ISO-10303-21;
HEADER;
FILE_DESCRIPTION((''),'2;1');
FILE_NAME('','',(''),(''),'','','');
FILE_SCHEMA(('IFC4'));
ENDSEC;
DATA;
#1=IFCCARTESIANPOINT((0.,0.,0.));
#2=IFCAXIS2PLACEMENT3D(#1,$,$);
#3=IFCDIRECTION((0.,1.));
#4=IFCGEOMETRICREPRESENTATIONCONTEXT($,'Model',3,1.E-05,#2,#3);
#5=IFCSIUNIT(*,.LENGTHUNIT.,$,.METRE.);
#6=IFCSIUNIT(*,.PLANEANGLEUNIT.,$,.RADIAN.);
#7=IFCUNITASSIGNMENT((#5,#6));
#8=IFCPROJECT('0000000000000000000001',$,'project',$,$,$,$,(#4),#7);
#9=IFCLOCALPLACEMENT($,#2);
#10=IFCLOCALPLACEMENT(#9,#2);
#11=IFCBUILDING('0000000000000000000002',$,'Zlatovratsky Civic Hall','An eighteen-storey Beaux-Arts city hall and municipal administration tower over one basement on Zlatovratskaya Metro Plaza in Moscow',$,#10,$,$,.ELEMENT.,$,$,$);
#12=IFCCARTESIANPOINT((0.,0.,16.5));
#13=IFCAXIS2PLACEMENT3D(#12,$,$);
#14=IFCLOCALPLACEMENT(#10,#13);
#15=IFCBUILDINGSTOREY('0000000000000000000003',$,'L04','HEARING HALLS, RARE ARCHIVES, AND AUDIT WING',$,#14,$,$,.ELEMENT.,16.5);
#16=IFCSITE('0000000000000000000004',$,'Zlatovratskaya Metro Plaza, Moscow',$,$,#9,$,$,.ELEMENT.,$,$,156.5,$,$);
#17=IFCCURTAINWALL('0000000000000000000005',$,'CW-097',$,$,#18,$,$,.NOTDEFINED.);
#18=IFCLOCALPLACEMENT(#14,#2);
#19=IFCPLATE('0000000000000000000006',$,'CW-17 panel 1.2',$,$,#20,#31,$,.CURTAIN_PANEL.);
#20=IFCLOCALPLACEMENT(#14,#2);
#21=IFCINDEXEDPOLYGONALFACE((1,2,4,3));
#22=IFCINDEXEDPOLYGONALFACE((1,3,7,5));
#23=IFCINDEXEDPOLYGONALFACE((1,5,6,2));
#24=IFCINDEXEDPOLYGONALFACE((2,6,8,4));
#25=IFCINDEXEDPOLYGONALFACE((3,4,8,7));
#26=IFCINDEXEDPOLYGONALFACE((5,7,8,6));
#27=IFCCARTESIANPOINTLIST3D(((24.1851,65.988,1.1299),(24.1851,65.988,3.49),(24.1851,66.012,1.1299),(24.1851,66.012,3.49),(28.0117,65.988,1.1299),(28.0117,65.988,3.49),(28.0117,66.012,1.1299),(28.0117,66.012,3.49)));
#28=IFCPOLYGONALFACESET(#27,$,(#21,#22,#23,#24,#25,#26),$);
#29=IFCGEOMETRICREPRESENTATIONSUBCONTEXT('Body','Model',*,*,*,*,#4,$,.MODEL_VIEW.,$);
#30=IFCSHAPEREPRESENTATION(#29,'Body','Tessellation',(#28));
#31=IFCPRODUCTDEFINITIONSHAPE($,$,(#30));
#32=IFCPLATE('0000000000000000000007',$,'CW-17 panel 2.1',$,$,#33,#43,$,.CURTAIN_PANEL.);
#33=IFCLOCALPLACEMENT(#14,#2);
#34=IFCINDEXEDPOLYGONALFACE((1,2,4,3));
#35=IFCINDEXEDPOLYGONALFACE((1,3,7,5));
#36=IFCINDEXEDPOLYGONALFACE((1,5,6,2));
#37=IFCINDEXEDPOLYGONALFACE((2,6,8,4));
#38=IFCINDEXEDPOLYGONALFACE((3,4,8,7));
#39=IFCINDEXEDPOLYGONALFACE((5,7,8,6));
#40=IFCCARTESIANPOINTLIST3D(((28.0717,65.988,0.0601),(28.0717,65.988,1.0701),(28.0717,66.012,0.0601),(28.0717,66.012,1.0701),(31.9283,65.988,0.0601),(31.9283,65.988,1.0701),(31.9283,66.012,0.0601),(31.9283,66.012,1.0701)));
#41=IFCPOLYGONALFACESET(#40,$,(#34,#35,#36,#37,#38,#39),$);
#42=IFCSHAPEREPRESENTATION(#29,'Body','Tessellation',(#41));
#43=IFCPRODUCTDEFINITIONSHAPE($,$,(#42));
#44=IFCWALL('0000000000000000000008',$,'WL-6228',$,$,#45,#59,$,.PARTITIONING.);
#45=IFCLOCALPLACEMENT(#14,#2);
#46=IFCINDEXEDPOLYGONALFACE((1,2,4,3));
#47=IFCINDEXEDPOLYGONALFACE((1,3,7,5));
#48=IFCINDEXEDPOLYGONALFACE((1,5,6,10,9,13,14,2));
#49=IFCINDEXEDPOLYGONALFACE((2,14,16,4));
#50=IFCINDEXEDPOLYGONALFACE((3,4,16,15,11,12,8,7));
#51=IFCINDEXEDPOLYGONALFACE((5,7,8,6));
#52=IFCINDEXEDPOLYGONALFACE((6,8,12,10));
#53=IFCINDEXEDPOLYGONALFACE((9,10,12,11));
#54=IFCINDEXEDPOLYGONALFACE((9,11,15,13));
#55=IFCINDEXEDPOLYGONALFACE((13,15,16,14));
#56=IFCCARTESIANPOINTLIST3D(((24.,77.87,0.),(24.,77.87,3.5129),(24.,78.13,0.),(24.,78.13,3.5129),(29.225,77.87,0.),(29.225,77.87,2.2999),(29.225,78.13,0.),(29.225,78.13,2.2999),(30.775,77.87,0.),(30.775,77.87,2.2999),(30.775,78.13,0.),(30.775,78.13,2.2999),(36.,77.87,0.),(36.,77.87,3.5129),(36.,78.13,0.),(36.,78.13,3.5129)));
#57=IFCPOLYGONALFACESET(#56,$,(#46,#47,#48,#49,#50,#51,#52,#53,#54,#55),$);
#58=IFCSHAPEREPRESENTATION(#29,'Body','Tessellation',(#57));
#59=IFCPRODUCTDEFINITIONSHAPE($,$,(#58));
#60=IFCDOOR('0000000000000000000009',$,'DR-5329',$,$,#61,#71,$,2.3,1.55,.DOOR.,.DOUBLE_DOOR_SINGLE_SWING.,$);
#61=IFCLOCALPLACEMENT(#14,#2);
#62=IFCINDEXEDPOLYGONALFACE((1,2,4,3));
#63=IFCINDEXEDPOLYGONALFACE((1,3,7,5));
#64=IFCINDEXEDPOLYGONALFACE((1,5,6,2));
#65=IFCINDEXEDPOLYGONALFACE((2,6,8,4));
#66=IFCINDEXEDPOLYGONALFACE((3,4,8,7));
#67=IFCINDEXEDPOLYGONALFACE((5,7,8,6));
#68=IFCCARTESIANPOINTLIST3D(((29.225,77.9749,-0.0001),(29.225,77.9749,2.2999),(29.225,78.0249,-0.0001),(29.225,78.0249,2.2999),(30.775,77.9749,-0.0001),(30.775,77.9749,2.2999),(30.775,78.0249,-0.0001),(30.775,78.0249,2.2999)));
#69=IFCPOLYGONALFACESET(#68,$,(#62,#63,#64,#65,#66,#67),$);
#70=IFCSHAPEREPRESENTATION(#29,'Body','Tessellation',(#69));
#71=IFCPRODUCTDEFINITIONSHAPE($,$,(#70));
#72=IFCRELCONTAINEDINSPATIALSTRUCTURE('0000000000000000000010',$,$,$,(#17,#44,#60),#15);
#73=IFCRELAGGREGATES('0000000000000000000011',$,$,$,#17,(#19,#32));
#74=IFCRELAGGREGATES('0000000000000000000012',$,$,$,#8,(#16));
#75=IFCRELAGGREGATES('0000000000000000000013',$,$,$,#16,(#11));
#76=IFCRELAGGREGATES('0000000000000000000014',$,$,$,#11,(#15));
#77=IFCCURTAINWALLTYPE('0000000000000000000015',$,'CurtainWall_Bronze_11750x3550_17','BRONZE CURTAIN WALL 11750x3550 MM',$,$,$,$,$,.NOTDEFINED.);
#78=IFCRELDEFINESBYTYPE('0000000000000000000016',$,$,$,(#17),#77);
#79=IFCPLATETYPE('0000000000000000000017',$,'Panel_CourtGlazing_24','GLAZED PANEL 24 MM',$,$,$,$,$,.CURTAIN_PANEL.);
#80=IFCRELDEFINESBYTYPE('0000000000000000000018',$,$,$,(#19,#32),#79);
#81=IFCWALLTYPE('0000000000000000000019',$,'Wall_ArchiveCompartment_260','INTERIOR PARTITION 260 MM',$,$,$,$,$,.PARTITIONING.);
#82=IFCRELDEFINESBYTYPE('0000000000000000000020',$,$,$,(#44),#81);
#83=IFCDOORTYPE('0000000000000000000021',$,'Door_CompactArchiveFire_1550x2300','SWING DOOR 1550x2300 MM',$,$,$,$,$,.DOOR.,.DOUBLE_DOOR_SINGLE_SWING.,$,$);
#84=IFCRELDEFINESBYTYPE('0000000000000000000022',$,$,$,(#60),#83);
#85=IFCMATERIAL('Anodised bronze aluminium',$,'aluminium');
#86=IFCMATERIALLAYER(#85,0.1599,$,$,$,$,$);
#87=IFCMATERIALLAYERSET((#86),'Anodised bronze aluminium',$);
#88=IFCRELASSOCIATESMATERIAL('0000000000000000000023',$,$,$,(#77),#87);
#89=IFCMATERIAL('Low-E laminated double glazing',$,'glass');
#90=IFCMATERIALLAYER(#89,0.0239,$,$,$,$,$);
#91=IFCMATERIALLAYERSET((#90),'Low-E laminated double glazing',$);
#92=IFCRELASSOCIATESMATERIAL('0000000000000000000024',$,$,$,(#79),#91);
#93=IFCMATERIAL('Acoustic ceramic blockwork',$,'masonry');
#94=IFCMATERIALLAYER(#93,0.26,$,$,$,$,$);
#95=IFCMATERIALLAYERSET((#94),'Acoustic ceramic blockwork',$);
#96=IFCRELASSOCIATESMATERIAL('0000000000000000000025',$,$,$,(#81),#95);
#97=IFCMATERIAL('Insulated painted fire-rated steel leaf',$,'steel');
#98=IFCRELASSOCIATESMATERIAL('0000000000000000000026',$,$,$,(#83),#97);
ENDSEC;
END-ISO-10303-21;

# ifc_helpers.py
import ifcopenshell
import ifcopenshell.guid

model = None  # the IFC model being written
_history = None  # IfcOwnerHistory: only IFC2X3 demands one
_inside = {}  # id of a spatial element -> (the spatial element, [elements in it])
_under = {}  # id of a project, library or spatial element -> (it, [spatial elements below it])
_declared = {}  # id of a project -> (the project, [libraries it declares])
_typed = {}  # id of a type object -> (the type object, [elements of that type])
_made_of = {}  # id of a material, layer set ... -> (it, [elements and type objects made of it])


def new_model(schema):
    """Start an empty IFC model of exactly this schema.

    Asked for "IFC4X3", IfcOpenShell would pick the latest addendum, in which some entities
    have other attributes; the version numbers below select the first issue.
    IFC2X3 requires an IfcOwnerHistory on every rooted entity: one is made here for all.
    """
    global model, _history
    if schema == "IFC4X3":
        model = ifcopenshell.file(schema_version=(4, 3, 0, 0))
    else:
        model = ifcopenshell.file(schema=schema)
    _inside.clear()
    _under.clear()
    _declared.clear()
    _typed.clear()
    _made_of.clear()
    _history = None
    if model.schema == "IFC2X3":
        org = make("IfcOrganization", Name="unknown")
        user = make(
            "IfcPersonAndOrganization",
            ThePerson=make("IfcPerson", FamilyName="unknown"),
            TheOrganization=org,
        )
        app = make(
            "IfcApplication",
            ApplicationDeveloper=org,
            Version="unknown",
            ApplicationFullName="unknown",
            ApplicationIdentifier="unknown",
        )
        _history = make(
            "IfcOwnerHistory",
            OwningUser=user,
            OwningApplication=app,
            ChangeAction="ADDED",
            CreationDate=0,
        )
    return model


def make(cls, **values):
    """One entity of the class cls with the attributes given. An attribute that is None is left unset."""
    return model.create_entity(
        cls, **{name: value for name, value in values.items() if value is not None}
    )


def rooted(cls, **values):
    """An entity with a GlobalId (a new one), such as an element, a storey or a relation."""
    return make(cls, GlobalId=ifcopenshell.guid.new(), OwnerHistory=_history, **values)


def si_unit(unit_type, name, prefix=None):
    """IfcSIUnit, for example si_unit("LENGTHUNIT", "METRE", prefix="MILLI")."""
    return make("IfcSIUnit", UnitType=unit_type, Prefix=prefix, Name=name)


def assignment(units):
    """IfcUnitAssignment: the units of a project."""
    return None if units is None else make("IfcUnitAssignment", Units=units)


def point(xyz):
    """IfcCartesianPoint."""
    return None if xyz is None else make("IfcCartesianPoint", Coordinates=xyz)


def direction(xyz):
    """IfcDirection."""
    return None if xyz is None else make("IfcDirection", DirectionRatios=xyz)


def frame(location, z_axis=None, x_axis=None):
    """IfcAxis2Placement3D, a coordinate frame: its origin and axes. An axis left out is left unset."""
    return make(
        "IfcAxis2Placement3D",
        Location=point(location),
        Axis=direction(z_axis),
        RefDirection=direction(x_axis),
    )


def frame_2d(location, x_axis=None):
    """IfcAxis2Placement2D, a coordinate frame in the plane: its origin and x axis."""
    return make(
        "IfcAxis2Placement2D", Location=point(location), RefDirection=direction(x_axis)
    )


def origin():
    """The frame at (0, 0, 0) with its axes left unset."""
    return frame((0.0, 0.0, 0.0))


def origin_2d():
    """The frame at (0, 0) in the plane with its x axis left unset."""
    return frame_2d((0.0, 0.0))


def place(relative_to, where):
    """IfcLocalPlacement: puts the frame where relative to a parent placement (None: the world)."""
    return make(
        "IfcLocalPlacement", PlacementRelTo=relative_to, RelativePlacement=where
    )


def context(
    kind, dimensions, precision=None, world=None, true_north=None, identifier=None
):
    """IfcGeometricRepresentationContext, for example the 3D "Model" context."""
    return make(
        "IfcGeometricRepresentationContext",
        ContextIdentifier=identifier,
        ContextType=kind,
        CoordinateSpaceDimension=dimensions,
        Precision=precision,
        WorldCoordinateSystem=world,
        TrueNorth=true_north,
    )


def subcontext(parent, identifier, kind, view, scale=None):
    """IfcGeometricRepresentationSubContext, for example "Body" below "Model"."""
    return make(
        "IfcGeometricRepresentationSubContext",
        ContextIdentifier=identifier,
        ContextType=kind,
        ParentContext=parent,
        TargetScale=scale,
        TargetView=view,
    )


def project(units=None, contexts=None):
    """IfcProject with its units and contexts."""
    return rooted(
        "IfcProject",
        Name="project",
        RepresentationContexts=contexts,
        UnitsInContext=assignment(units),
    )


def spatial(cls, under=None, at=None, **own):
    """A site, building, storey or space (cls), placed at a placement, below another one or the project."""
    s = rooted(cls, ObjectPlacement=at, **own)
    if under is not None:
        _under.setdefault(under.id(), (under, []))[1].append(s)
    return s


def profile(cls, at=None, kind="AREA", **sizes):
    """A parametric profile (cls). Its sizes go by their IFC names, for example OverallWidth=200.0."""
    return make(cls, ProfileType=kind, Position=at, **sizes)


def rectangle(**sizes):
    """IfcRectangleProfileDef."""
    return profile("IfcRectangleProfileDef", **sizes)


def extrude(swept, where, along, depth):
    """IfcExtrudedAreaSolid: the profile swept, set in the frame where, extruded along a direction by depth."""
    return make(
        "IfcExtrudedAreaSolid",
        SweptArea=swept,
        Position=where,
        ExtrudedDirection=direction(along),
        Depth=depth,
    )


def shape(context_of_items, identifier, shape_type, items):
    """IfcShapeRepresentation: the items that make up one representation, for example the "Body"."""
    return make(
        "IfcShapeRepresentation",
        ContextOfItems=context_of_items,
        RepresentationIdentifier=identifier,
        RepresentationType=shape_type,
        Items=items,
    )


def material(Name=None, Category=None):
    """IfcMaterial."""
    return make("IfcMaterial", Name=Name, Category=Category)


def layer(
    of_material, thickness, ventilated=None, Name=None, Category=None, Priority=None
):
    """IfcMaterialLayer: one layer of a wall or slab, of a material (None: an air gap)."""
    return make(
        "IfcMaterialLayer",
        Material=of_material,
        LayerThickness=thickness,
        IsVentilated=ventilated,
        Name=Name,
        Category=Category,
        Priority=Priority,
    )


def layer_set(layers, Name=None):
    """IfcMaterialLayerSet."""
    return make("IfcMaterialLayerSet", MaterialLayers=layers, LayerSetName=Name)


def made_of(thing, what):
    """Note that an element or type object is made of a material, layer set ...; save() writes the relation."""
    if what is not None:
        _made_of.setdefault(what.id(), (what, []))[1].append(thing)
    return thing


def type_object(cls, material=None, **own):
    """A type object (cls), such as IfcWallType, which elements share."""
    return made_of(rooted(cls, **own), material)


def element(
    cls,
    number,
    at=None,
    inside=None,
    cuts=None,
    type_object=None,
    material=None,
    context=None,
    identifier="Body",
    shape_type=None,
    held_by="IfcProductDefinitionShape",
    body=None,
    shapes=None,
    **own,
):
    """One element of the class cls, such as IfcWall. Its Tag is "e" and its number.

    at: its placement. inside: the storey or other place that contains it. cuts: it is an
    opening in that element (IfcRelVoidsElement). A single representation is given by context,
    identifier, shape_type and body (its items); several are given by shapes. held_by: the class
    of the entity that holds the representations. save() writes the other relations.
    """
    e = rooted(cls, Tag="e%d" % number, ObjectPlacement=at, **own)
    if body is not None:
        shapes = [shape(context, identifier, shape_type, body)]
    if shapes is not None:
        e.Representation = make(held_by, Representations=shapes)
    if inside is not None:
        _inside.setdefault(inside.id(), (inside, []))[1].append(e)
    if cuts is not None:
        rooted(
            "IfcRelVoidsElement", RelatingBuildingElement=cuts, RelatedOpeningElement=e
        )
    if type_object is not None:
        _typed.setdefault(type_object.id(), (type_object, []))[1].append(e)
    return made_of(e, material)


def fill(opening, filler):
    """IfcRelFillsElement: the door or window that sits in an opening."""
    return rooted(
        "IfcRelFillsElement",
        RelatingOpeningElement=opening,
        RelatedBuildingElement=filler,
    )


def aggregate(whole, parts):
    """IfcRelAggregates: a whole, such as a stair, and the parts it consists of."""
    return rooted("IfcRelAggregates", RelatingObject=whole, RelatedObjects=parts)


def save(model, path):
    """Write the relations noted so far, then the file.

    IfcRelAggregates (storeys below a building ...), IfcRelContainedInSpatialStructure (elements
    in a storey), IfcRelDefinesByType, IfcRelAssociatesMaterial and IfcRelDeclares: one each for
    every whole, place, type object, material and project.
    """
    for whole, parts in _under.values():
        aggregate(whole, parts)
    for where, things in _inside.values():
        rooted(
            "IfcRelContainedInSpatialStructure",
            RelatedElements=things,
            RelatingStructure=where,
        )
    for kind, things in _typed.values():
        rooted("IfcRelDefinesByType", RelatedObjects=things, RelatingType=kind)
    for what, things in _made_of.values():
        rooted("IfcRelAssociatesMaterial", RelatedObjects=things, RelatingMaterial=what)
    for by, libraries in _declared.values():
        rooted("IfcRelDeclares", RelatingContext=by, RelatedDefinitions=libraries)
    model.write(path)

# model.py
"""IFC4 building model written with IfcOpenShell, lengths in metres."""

from ifc_helpers import new_model, si_unit, direction, frame, frame_2d, origin, origin_2d, place, context, subcontext, project, spatial, rectangle, extrude, material, layer, layer_set, type_object, element, fill, aggregate, save


model = new_model("IFC4")

# Units and contexts
model_context = context("Model", 3, precision=1e-05, world=origin(), true_north=direction((0.0, 1.0)))
body_context = subcontext(model_context, "Body", "Model", "MODEL_VIEW")
ifc_project = project(units=[si_unit("LENGTHUNIT", "METRE"), si_unit("PLANEANGLEUNIT", "RADIAN")], contexts=[model_context])

# Site, building, storey
site_placement = place(None, origin())
site = spatial("IfcSite", under=ifc_project, at=site_placement, Name="Zlatovratskaya Metro Plaza, Moscow", CompositionType="ELEMENT", RefElevation=156.5)
building_placement = place(site_placement, origin())
building = spatial("IfcBuilding", under=site, at=building_placement, Name="Zlatovratsky Civic Hall", Description="An eighteen-storey Beaux-Arts city hall and municipal administration tower over one basement on Zlatovratskaya Metro Plaza in Moscow", CompositionType="ELEMENT")
storey_placement = place(building_placement, frame((0.0, 0.0, 16.5)))
storey = spatial("IfcBuildingStorey", under=building, at=storey_placement, Name="L04", Description="HEARING HALLS, RARE ARCHIVES, AND AUDIT WING", CompositionType="ELEMENT", Elevation=16.5)

# Curtain wall
ifc_material_1 = material(Name="Anodised bronze aluminium", Category="aluminium")
ifc_layer_1 = layer(ifc_material_1, 0.1599)
ifc_layer_set_1 = layer_set([ifc_layer_1], Name="Anodised bronze aluminium")
curtain_wall_type_1 = type_object("IfcCurtainWallType", Name="CurtainWall_Bronze_11750x3550_17", Description="BRONZE CURTAIN WALL 11750x3550 MM", PredefinedType="NOTDEFINED", material=ifc_layer_set_1)
curtain_wall_1_placement = place(storey_placement, origin())
curtain_wall_1 = element("IfcCurtainWall", 1, at=curtain_wall_1_placement, inside=storey, type_object=curtain_wall_type_1, Name="CW-097", PredefinedType="NOTDEFINED")

# Plates
ifc_material_2 = material(Name="Low-E laminated double glazing", Category="glass")
ifc_layer_2 = layer(ifc_material_2, 0.0239)
ifc_layer_set_2 = layer_set([ifc_layer_2], Name="Low-E laminated double glazing")
plate_type = type_object("IfcPlateType", Name="Panel_CourtGlazing_24", Description="GLAZED PANEL 24 MM", PredefinedType="CURTAIN_PANEL", material=ifc_layer_set_2)
plate_1_placement = place(storey_placement, frame((26.0984, 66.0, 1.1299), z_axis=(0.0, 0.0, 1.0), x_axis=(1.0, 0.0, 0.0)))
plate_1 = element("IfcPlate", 2, at=plate_1_placement, type_object=plate_type, Name="CW-17 panel 1.2", PredefinedType="CURTAIN_PANEL", context=body_context, shape_type="SweptSolid", body=[
    extrude(rectangle(XDim=3.8267, YDim=0.0239, at=origin_2d()), origin(), (0.0, 0.0, 1.0), 2.3601),
])
plate_2_placement = place(storey_placement, frame((30.0, 66.0, 0.0601), z_axis=(0.0, 0.0, 1.0), x_axis=(1.0, 0.0, 0.0)))
plate_2 = element("IfcPlate", 3, at=plate_2_placement, type_object=plate_type, Name="CW-17 panel 2.1", PredefinedType="CURTAIN_PANEL", context=body_context, shape_type="SweptSolid", body=[
    extrude(rectangle(XDim=3.8567, YDim=0.0239, at=origin_2d()), origin(), (0.0, 0.0, 1.0), 1.01),
])
aggregate(curtain_wall_1, [plate_1, plate_2])

# Wall, opening, door
ifc_material_3 = material(Name="Acoustic ceramic blockwork", Category="masonry")
ifc_layer_3 = layer(ifc_material_3, 0.26)
ifc_layer_set_3 = layer_set([ifc_layer_3], Name="Acoustic ceramic blockwork")
wall_type = type_object("IfcWallType", Name="Wall_ArchiveCompartment_260", Description="INTERIOR PARTITION 260 MM", PredefinedType="PARTITIONING", material=ifc_layer_set_3)
wall_placement = place(storey_placement, frame((24.0, 78.0, 0.0), z_axis=(0.0, 0.0, 1.0), x_axis=(1.0, 0.0, 0.0)))
wall = element("IfcWall", 4, at=wall_placement, inside=storey, type_object=wall_type, Name="WL-6228", PredefinedType="PARTITIONING", context=body_context, shape_type="SweptSolid", body=[
    extrude(rectangle(XDim=12.0, YDim=0.26, at=frame_2d((6.0, 0.0))), origin(), (0.0, 0.0, 1.0), 3.5129),
])
opening_placement = place(wall_placement, frame((5.2251, 0.0, 0.0)))
opening = element("IfcOpeningElement", 5, at=opening_placement, cuts=wall, PredefinedType="OPENING", context=body_context, shape_type="SweptSolid", body=[
    extrude(rectangle(XDim=1.55, YDim=2.3, at=frame_2d((0.7749, 1.1499))), frame((0.0, 0.145, 0.0), z_axis=(0.0, -1.0, 0.0), x_axis=(1.0, 0.0, 0.0)), (0.0, 0.0, 1.0), 0.2898),
])
ifc_material_4 = material(Name="Insulated painted fire-rated steel leaf", Category="steel")
door_type = type_object("IfcDoorType", Name="Door_CompactArchiveFire_1550x2300", Description="SWING DOOR 1550x2300 MM", OperationType="DOUBLE_DOOR_SINGLE_SWING", PredefinedType="DOOR", material=ifc_material_4)
door_placement = place(opening_placement, origin())
door = element("IfcDoor", 6, at=door_placement, inside=storey, type_object=door_type, Name="DR-5329", OperationType="DOUBLE_DOOR_SINGLE_SWING", OverallHeight=2.3, OverallWidth=1.55, PredefinedType="DOOR", context=body_context, shape_type="SweptSolid", body=[
    extrude(rectangle(XDim=1.55, YDim=2.3, at=frame_2d((0.7749, 1.1499))), frame((0.0, 0.0249, 0.0), z_axis=(0.0, -1.0, 0.0), x_axis=(1.0, 0.0, 0.0)), (0.0, 0.0, 1.0), 0.05),
])
fill(opening, door)

save(model, "model.ifc")
